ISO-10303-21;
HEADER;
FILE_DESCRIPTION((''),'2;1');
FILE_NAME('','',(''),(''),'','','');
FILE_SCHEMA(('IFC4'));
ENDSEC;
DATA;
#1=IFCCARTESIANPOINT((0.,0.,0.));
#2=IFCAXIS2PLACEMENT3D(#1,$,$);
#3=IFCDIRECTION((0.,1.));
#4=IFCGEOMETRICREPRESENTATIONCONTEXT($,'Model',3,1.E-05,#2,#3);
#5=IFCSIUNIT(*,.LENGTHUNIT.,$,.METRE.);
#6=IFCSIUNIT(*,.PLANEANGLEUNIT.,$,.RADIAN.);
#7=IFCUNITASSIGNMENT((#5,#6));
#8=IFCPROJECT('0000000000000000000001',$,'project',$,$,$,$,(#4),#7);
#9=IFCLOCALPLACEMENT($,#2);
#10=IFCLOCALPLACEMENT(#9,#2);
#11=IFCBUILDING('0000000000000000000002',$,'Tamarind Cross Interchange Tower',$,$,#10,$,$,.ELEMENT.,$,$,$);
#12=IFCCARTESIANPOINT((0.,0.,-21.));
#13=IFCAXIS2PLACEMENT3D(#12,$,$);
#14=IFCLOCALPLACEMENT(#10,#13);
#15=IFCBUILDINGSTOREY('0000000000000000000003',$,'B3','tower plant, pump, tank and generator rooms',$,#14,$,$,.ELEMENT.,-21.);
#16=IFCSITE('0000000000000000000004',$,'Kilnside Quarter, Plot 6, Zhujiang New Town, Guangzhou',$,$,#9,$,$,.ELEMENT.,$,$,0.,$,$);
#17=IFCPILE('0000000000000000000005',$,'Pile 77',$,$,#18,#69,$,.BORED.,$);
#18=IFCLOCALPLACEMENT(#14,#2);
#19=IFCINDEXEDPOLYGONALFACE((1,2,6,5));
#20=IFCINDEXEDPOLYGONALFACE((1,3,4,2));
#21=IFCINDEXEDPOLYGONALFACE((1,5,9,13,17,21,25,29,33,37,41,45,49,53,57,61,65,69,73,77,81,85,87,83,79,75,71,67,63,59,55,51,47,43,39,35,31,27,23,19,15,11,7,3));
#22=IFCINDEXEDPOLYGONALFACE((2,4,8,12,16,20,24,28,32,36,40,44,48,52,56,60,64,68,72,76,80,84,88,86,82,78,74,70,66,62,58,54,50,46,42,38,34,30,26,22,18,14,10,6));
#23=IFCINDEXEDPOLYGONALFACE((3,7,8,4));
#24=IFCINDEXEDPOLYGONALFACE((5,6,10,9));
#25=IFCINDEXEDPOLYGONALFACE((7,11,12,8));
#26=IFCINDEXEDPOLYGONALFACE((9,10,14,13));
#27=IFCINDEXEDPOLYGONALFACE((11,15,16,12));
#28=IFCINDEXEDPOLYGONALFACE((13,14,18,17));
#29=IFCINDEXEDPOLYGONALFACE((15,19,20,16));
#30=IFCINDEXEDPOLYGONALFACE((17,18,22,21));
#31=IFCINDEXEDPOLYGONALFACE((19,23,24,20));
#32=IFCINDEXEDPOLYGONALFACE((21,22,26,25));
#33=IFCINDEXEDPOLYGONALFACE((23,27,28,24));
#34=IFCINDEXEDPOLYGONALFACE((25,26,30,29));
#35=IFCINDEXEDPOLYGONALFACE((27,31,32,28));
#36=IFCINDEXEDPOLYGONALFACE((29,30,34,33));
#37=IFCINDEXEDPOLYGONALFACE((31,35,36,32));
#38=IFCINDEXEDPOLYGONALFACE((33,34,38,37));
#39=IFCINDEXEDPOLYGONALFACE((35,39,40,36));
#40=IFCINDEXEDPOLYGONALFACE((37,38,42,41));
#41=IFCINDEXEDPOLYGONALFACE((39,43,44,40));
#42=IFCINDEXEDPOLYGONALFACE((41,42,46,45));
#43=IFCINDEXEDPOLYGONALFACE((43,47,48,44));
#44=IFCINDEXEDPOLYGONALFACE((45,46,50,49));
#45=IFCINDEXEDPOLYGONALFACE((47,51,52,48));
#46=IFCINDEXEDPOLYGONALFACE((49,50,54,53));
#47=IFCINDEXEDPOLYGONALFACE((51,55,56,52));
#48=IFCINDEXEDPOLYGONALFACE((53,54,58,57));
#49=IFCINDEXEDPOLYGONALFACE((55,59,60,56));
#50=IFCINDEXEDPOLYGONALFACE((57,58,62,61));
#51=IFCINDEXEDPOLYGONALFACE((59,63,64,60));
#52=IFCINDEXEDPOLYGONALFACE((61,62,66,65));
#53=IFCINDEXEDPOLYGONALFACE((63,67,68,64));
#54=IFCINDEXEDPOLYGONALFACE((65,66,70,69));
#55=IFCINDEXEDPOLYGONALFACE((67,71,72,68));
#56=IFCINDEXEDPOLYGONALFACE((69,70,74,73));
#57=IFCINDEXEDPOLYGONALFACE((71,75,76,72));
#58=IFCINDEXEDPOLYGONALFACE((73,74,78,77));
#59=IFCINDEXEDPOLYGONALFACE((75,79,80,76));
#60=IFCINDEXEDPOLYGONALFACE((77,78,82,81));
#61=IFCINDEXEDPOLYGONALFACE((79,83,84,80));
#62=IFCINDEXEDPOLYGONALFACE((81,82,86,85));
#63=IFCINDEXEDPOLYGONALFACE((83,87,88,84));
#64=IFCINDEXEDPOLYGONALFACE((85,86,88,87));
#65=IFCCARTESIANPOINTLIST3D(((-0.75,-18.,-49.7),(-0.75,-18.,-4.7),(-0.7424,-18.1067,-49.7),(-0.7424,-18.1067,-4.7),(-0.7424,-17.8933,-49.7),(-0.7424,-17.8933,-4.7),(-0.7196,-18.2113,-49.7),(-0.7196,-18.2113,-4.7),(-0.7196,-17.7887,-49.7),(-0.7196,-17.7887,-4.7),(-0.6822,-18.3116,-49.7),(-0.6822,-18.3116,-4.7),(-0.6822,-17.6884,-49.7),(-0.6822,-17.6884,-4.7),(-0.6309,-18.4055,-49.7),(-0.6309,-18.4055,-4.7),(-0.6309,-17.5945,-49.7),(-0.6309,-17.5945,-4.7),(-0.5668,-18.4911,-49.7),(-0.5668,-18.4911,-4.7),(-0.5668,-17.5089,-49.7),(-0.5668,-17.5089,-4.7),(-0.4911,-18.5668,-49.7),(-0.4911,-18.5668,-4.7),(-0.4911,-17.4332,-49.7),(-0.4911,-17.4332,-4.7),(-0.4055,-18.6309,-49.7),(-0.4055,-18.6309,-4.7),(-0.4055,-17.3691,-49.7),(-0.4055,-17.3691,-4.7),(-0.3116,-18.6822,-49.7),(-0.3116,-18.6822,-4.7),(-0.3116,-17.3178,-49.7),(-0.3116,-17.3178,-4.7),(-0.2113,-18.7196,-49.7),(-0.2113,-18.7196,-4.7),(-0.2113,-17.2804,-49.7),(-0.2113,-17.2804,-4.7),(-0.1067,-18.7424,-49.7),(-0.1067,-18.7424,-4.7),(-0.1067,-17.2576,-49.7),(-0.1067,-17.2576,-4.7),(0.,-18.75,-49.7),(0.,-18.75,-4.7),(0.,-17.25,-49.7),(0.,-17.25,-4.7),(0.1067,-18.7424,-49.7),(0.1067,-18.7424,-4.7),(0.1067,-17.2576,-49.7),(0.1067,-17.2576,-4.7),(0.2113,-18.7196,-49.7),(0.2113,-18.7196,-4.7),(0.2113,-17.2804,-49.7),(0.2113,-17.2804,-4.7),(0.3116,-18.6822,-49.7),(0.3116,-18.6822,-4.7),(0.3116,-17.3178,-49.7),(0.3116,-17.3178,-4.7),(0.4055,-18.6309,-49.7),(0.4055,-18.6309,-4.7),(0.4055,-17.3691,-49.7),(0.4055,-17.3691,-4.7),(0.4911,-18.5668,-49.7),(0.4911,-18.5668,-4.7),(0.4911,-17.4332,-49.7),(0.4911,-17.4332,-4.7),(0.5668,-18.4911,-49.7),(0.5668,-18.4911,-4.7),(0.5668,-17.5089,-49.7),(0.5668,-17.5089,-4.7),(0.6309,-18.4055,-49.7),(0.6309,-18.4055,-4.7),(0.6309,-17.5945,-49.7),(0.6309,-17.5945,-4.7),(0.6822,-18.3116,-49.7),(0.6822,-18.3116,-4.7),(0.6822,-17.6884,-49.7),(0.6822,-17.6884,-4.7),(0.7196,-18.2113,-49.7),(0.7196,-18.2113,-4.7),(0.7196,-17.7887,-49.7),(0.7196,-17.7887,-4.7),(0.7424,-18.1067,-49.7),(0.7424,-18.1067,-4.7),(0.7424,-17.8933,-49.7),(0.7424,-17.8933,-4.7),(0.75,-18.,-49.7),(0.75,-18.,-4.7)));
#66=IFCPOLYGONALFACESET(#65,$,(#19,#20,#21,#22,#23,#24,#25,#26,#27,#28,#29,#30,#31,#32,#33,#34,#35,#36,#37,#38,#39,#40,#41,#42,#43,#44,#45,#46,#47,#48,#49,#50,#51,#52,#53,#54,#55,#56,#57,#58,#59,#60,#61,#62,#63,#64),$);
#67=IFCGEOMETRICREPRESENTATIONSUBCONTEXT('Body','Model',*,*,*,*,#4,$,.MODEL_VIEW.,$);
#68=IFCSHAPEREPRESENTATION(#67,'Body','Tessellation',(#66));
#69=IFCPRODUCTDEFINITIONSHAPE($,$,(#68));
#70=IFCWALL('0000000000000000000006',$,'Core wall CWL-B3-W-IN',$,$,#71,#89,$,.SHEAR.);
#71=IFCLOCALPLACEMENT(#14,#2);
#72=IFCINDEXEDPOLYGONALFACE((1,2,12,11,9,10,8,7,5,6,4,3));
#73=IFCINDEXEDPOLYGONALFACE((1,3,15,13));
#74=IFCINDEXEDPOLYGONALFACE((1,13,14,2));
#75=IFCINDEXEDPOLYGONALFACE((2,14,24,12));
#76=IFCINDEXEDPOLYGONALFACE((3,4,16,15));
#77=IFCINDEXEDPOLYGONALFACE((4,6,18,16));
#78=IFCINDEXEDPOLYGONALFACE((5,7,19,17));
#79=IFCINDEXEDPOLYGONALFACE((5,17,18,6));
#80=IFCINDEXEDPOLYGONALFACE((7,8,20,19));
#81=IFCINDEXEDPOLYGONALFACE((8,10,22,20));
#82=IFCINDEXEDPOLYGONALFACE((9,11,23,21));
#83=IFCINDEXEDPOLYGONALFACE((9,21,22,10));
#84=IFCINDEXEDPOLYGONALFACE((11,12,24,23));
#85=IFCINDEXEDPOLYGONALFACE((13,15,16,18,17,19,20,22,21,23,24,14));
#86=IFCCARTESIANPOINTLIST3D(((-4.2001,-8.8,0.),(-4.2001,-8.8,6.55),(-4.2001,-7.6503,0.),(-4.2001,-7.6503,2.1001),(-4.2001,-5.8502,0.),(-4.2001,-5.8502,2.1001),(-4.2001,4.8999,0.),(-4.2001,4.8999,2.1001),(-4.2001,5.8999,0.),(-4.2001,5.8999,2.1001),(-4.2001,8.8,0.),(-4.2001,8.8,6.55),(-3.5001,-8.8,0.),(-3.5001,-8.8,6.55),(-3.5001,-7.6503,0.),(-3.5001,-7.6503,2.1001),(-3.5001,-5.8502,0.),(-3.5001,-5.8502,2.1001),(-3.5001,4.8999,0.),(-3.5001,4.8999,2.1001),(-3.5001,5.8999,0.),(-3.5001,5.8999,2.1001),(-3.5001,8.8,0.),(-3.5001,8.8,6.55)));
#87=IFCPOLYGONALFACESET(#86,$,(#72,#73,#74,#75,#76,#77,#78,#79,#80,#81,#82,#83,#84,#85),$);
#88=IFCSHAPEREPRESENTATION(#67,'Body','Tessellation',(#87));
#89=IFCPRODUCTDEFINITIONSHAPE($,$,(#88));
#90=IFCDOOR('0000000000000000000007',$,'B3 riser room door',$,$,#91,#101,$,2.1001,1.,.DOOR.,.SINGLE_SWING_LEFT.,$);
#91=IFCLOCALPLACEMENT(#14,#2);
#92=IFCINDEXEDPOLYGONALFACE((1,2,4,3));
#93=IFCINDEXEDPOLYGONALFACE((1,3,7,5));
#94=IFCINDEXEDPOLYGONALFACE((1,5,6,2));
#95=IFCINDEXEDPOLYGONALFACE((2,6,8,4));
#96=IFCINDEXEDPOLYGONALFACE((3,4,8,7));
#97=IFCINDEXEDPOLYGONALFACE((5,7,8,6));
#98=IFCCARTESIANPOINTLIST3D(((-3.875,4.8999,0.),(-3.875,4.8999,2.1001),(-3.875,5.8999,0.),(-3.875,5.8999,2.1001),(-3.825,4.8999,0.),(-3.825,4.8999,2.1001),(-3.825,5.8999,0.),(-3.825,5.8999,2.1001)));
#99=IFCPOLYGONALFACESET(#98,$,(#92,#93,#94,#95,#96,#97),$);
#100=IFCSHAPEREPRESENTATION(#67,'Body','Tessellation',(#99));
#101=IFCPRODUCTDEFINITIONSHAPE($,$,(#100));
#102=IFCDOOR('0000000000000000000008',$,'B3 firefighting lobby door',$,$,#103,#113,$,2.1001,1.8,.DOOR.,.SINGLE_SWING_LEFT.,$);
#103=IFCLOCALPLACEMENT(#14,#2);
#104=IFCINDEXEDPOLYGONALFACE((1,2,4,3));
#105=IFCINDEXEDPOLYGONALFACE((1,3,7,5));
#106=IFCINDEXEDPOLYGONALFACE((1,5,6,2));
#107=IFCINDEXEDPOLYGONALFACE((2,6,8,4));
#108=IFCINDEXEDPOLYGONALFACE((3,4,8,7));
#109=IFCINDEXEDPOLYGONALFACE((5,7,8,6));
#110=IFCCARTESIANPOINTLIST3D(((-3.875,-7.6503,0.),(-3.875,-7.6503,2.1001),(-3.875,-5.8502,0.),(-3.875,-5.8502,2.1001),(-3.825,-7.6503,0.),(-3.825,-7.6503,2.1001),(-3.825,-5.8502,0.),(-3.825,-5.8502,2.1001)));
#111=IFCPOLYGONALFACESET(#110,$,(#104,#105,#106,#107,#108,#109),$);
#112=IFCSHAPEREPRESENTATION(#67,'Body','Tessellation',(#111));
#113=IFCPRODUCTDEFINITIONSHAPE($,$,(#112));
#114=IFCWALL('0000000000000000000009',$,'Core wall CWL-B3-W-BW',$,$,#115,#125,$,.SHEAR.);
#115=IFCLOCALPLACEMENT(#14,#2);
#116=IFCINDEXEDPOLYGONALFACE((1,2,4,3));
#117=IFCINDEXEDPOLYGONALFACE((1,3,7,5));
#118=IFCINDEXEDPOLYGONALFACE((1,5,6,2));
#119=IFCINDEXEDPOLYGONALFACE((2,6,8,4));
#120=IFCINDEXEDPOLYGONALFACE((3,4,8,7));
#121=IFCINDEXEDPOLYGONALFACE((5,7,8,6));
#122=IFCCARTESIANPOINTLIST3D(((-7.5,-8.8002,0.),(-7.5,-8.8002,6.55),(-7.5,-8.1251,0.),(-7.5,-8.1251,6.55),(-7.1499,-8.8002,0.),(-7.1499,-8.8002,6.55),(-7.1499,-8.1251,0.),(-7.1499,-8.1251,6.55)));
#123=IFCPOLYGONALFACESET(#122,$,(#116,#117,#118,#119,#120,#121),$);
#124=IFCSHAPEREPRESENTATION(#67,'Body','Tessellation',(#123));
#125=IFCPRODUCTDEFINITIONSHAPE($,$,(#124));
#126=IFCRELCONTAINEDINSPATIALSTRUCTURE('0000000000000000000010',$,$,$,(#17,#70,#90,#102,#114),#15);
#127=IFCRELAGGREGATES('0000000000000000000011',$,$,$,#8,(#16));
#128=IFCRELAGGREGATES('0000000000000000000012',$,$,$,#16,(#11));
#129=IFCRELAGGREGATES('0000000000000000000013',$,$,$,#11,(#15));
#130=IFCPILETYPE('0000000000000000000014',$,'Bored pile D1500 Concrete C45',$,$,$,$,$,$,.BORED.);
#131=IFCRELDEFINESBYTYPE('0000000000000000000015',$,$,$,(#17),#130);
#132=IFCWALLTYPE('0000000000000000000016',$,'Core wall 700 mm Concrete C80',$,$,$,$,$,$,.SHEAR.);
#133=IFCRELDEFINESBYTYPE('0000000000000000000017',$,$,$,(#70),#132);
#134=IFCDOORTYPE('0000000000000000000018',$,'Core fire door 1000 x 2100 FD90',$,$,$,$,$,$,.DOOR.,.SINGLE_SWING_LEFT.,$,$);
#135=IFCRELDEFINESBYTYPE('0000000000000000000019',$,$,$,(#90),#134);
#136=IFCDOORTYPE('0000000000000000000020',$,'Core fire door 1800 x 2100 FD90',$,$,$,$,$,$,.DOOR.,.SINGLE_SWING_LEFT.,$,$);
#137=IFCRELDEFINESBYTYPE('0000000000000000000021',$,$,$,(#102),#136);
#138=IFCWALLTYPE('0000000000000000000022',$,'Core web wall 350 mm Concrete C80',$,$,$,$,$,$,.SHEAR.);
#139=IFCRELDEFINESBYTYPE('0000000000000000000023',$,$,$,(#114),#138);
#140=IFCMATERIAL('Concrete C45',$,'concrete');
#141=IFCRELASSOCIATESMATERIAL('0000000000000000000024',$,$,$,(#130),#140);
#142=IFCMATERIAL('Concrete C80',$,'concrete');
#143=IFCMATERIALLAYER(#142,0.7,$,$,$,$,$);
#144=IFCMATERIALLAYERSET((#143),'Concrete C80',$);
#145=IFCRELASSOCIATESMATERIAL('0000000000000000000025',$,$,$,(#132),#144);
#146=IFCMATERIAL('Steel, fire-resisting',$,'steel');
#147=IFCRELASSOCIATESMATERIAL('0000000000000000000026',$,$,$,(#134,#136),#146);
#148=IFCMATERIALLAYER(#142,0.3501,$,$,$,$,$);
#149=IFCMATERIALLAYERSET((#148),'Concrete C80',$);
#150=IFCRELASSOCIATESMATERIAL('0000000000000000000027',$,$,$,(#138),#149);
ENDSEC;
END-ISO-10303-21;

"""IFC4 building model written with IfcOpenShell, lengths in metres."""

from ifc_helpers import new_model, si_unit, direction, frame, frame_2d, origin, origin_2d, place, context, subcontext, project, spatial, rectangle, circle, extrude, material, layer, layer_set, material_profile, profile_set, type_object, element, fill, save


model = new_model("IFC4")

# Units and contexts
model_context = context("Model", 3, precision=1e-05, world=origin(), true_north=direction((0.0, 1.0)))
body_context = subcontext(model_context, "Body", "Model", "MODEL_VIEW")
ifc_project = project(units=[si_unit("LENGTHUNIT", "METRE"), si_unit("PLANEANGLEUNIT", "RADIAN")], contexts=[model_context])

# Site, building, storey
site_placement = place(None, origin())
site = spatial("IfcSite", under=ifc_project, at=site_placement, Name="Kilnside Quarter, Plot 6, Zhujiang New Town, Guangzhou", CompositionType="ELEMENT", RefElevation=0.0)
building_placement = place(site_placement, origin())
building = spatial("IfcBuilding", under=site, at=building_placement, Name="Tamarind Cross Interchange Tower", CompositionType="ELEMENT")
storey_placement = place(building_placement, frame((0.0, 0.0, -21.0)))
storey = spatial("IfcBuildingStorey", under=building, at=storey_placement, Name="B3", Description="tower plant, pump, tank and generator rooms", CompositionType="ELEMENT", Elevation=-21.0)

# Pile
ifc_material_1 = material(Name="Concrete C45", Category="concrete")
ifc_material_profile = material_profile(ifc_material_1, circle(Radius=0.75, at=origin_2d()), Name="RC D1500")
ifc_profile_set = profile_set([ifc_material_profile], Name="Concrete C45")
pile_type = type_object("IfcPileType", Name="Bored pile D1500 Concrete C45", PredefinedType="BORED", material=ifc_profile_set)
for number, where, z_axis, x_axis, name in (
    (1, (0.0, -18.0, -4.7), (0.0, 0.0, -1.0), (1.0, 0.0, 0.0), "Pile 77"),
):
    element("IfcPile", number, at=place(storey_placement, frame(where, z_axis=z_axis, x_axis=x_axis)), inside=storey, type_object=pile_type, Name=name, PredefinedType="BORED", context=body_context, shape_type="SweptSolid", body=[
        extrude(circle(Radius=0.75, at=origin_2d()), origin(), (0.0, 0.0, 1.0), 45.0),
    ])

# Wall, openings, doors
ifc_material_2 = material(Name="Concrete C80", Category="concrete")
ifc_layer_1 = layer(ifc_material_2, 0.7)
ifc_layer_set_1 = layer_set([ifc_layer_1], Name="Concrete C80")
wall_type_1 = type_object("IfcWallType", Name="Core wall 700 mm Concrete C80", PredefinedType="SHEAR", material=ifc_layer_set_1)
wall_1_placement = place(storey_placement, frame((-3.8501, -8.8, 0.0), z_axis=(0.0, 0.0, 1.0), x_axis=(0.0, 1.0, 0.0)))
wall_1 = element("IfcWall", 2, at=wall_1_placement, inside=storey, type_object=wall_type_1, Name="Core wall CWL-B3-W-IN", PredefinedType="SHEAR", context=body_context, shape_type="SweptSolid", body=[
    extrude(rectangle(XDim=17.6001, YDim=0.7, at=frame_2d((8.8, 0.0))), origin(), (0.0, 0.0, 1.0), 6.55),
])
opening_1_placement = place(wall_1_placement, frame((1.1499, 0.0, 0.0)))
opening_1 = element("IfcOpeningElement", 3, at=opening_1_placement, cuts=wall_1, PredefinedType="OPENING", context=body_context, shape_type="SweptSolid", body=[
    extrude(rectangle(XDim=1.8, YDim=2.1001, at=frame_2d((0.8999, 1.05))), frame((0.0, 0.3599, 0.0), z_axis=(0.0, -1.0, 0.0), x_axis=(1.0, 0.0, 0.0)), (0.0, 0.0, 1.0), 0.72),
])
opening_2_placement = place(wall_1_placement, frame((13.7, 0.0, 0.0)))
opening_2 = element("IfcOpeningElement", 4, at=opening_2_placement, cuts=wall_1, PredefinedType="OPENING", context=body_context, shape_type="SweptSolid", body=[
    extrude(rectangle(XDim=1.0, YDim=2.1001, at=frame_2d((0.5, 1.05))), frame((0.0, 0.3599, 0.0), z_axis=(0.0, -1.0, 0.0), x_axis=(1.0, 0.0, 0.0)), (0.0, 0.0, 1.0), 0.72),
])
ifc_material_3 = material(Name="Steel, fire-resisting", Category="steel")
door_type_1 = type_object("IfcDoorType", Name="Core fire door 1000 x 2100 FD90", OperationType="SINGLE_SWING_LEFT", PredefinedType="DOOR", material=ifc_material_3)
door_1_placement = place(opening_2_placement, origin())
door_1 = element("IfcDoor", 5, at=door_1_placement, inside=storey, type_object=door_type_1, Name="B3 riser room door", OperationType="SINGLE_SWING_LEFT", OverallHeight=2.1001, OverallWidth=1.0, PredefinedType="DOOR", context=body_context, shape_type="SweptSolid", body=[
    extrude(rectangle(XDim=1.0, YDim=2.1001, at=frame_2d((0.5, 1.05))), frame((0.0, 0.0249, 0.0), z_axis=(0.0, -1.0, 0.0), x_axis=(1.0, 0.0, 0.0)), (0.0, 0.0, 1.0), 0.05),
])
fill(opening_2, door_1)
door_type_2 = type_object("IfcDoorType", Name="Core fire door 1800 x 2100 FD90", OperationType="SINGLE_SWING_LEFT", PredefinedType="DOOR", material=ifc_material_3)
door_2_placement = place(opening_1_placement, origin())
door_2 = element("IfcDoor", 6, at=door_2_placement, inside=storey, type_object=door_type_2, Name="B3 firefighting lobby door", OperationType="SINGLE_SWING_LEFT", OverallHeight=2.1001, OverallWidth=1.8, PredefinedType="DOOR", context=body_context, shape_type="SweptSolid", body=[
    extrude(rectangle(XDim=1.8, YDim=2.1001, at=frame_2d((0.8999, 1.05))), frame((0.0, 0.0249, 0.0), z_axis=(0.0, -1.0, 0.0), x_axis=(1.0, 0.0, 0.0)), (0.0, 0.0, 1.0), 0.05),
])
fill(opening_1, door_2)

# Wall
ifc_layer_2 = layer(ifc_material_2, 0.3501)
ifc_layer_set_2 = layer_set([ifc_layer_2], Name="Concrete C80")
wall_type_2 = type_object("IfcWallType", Name="Core web wall 350 mm Concrete C80", PredefinedType="SHEAR", material=ifc_layer_set_2)
wall_2_placement = place(storey_placement, frame((-7.325, -8.8, 0.0), z_axis=(0.0, 0.0, 1.0), x_axis=(0.0, 1.0, 0.0)))
element("IfcWall", 7, at=wall_2_placement, inside=storey, type_object=wall_type_2, Name="Core wall CWL-B3-W-BW", PredefinedType="SHEAR", context=body_context, shape_type="SweptSolid", body=[
    extrude(rectangle(XDim=0.675, YDim=0.3501, at=frame_2d((0.3374, 0.0))), origin(), (0.0, 0.0, 1.0), 6.55),
])

save(model, "model.ifc")
